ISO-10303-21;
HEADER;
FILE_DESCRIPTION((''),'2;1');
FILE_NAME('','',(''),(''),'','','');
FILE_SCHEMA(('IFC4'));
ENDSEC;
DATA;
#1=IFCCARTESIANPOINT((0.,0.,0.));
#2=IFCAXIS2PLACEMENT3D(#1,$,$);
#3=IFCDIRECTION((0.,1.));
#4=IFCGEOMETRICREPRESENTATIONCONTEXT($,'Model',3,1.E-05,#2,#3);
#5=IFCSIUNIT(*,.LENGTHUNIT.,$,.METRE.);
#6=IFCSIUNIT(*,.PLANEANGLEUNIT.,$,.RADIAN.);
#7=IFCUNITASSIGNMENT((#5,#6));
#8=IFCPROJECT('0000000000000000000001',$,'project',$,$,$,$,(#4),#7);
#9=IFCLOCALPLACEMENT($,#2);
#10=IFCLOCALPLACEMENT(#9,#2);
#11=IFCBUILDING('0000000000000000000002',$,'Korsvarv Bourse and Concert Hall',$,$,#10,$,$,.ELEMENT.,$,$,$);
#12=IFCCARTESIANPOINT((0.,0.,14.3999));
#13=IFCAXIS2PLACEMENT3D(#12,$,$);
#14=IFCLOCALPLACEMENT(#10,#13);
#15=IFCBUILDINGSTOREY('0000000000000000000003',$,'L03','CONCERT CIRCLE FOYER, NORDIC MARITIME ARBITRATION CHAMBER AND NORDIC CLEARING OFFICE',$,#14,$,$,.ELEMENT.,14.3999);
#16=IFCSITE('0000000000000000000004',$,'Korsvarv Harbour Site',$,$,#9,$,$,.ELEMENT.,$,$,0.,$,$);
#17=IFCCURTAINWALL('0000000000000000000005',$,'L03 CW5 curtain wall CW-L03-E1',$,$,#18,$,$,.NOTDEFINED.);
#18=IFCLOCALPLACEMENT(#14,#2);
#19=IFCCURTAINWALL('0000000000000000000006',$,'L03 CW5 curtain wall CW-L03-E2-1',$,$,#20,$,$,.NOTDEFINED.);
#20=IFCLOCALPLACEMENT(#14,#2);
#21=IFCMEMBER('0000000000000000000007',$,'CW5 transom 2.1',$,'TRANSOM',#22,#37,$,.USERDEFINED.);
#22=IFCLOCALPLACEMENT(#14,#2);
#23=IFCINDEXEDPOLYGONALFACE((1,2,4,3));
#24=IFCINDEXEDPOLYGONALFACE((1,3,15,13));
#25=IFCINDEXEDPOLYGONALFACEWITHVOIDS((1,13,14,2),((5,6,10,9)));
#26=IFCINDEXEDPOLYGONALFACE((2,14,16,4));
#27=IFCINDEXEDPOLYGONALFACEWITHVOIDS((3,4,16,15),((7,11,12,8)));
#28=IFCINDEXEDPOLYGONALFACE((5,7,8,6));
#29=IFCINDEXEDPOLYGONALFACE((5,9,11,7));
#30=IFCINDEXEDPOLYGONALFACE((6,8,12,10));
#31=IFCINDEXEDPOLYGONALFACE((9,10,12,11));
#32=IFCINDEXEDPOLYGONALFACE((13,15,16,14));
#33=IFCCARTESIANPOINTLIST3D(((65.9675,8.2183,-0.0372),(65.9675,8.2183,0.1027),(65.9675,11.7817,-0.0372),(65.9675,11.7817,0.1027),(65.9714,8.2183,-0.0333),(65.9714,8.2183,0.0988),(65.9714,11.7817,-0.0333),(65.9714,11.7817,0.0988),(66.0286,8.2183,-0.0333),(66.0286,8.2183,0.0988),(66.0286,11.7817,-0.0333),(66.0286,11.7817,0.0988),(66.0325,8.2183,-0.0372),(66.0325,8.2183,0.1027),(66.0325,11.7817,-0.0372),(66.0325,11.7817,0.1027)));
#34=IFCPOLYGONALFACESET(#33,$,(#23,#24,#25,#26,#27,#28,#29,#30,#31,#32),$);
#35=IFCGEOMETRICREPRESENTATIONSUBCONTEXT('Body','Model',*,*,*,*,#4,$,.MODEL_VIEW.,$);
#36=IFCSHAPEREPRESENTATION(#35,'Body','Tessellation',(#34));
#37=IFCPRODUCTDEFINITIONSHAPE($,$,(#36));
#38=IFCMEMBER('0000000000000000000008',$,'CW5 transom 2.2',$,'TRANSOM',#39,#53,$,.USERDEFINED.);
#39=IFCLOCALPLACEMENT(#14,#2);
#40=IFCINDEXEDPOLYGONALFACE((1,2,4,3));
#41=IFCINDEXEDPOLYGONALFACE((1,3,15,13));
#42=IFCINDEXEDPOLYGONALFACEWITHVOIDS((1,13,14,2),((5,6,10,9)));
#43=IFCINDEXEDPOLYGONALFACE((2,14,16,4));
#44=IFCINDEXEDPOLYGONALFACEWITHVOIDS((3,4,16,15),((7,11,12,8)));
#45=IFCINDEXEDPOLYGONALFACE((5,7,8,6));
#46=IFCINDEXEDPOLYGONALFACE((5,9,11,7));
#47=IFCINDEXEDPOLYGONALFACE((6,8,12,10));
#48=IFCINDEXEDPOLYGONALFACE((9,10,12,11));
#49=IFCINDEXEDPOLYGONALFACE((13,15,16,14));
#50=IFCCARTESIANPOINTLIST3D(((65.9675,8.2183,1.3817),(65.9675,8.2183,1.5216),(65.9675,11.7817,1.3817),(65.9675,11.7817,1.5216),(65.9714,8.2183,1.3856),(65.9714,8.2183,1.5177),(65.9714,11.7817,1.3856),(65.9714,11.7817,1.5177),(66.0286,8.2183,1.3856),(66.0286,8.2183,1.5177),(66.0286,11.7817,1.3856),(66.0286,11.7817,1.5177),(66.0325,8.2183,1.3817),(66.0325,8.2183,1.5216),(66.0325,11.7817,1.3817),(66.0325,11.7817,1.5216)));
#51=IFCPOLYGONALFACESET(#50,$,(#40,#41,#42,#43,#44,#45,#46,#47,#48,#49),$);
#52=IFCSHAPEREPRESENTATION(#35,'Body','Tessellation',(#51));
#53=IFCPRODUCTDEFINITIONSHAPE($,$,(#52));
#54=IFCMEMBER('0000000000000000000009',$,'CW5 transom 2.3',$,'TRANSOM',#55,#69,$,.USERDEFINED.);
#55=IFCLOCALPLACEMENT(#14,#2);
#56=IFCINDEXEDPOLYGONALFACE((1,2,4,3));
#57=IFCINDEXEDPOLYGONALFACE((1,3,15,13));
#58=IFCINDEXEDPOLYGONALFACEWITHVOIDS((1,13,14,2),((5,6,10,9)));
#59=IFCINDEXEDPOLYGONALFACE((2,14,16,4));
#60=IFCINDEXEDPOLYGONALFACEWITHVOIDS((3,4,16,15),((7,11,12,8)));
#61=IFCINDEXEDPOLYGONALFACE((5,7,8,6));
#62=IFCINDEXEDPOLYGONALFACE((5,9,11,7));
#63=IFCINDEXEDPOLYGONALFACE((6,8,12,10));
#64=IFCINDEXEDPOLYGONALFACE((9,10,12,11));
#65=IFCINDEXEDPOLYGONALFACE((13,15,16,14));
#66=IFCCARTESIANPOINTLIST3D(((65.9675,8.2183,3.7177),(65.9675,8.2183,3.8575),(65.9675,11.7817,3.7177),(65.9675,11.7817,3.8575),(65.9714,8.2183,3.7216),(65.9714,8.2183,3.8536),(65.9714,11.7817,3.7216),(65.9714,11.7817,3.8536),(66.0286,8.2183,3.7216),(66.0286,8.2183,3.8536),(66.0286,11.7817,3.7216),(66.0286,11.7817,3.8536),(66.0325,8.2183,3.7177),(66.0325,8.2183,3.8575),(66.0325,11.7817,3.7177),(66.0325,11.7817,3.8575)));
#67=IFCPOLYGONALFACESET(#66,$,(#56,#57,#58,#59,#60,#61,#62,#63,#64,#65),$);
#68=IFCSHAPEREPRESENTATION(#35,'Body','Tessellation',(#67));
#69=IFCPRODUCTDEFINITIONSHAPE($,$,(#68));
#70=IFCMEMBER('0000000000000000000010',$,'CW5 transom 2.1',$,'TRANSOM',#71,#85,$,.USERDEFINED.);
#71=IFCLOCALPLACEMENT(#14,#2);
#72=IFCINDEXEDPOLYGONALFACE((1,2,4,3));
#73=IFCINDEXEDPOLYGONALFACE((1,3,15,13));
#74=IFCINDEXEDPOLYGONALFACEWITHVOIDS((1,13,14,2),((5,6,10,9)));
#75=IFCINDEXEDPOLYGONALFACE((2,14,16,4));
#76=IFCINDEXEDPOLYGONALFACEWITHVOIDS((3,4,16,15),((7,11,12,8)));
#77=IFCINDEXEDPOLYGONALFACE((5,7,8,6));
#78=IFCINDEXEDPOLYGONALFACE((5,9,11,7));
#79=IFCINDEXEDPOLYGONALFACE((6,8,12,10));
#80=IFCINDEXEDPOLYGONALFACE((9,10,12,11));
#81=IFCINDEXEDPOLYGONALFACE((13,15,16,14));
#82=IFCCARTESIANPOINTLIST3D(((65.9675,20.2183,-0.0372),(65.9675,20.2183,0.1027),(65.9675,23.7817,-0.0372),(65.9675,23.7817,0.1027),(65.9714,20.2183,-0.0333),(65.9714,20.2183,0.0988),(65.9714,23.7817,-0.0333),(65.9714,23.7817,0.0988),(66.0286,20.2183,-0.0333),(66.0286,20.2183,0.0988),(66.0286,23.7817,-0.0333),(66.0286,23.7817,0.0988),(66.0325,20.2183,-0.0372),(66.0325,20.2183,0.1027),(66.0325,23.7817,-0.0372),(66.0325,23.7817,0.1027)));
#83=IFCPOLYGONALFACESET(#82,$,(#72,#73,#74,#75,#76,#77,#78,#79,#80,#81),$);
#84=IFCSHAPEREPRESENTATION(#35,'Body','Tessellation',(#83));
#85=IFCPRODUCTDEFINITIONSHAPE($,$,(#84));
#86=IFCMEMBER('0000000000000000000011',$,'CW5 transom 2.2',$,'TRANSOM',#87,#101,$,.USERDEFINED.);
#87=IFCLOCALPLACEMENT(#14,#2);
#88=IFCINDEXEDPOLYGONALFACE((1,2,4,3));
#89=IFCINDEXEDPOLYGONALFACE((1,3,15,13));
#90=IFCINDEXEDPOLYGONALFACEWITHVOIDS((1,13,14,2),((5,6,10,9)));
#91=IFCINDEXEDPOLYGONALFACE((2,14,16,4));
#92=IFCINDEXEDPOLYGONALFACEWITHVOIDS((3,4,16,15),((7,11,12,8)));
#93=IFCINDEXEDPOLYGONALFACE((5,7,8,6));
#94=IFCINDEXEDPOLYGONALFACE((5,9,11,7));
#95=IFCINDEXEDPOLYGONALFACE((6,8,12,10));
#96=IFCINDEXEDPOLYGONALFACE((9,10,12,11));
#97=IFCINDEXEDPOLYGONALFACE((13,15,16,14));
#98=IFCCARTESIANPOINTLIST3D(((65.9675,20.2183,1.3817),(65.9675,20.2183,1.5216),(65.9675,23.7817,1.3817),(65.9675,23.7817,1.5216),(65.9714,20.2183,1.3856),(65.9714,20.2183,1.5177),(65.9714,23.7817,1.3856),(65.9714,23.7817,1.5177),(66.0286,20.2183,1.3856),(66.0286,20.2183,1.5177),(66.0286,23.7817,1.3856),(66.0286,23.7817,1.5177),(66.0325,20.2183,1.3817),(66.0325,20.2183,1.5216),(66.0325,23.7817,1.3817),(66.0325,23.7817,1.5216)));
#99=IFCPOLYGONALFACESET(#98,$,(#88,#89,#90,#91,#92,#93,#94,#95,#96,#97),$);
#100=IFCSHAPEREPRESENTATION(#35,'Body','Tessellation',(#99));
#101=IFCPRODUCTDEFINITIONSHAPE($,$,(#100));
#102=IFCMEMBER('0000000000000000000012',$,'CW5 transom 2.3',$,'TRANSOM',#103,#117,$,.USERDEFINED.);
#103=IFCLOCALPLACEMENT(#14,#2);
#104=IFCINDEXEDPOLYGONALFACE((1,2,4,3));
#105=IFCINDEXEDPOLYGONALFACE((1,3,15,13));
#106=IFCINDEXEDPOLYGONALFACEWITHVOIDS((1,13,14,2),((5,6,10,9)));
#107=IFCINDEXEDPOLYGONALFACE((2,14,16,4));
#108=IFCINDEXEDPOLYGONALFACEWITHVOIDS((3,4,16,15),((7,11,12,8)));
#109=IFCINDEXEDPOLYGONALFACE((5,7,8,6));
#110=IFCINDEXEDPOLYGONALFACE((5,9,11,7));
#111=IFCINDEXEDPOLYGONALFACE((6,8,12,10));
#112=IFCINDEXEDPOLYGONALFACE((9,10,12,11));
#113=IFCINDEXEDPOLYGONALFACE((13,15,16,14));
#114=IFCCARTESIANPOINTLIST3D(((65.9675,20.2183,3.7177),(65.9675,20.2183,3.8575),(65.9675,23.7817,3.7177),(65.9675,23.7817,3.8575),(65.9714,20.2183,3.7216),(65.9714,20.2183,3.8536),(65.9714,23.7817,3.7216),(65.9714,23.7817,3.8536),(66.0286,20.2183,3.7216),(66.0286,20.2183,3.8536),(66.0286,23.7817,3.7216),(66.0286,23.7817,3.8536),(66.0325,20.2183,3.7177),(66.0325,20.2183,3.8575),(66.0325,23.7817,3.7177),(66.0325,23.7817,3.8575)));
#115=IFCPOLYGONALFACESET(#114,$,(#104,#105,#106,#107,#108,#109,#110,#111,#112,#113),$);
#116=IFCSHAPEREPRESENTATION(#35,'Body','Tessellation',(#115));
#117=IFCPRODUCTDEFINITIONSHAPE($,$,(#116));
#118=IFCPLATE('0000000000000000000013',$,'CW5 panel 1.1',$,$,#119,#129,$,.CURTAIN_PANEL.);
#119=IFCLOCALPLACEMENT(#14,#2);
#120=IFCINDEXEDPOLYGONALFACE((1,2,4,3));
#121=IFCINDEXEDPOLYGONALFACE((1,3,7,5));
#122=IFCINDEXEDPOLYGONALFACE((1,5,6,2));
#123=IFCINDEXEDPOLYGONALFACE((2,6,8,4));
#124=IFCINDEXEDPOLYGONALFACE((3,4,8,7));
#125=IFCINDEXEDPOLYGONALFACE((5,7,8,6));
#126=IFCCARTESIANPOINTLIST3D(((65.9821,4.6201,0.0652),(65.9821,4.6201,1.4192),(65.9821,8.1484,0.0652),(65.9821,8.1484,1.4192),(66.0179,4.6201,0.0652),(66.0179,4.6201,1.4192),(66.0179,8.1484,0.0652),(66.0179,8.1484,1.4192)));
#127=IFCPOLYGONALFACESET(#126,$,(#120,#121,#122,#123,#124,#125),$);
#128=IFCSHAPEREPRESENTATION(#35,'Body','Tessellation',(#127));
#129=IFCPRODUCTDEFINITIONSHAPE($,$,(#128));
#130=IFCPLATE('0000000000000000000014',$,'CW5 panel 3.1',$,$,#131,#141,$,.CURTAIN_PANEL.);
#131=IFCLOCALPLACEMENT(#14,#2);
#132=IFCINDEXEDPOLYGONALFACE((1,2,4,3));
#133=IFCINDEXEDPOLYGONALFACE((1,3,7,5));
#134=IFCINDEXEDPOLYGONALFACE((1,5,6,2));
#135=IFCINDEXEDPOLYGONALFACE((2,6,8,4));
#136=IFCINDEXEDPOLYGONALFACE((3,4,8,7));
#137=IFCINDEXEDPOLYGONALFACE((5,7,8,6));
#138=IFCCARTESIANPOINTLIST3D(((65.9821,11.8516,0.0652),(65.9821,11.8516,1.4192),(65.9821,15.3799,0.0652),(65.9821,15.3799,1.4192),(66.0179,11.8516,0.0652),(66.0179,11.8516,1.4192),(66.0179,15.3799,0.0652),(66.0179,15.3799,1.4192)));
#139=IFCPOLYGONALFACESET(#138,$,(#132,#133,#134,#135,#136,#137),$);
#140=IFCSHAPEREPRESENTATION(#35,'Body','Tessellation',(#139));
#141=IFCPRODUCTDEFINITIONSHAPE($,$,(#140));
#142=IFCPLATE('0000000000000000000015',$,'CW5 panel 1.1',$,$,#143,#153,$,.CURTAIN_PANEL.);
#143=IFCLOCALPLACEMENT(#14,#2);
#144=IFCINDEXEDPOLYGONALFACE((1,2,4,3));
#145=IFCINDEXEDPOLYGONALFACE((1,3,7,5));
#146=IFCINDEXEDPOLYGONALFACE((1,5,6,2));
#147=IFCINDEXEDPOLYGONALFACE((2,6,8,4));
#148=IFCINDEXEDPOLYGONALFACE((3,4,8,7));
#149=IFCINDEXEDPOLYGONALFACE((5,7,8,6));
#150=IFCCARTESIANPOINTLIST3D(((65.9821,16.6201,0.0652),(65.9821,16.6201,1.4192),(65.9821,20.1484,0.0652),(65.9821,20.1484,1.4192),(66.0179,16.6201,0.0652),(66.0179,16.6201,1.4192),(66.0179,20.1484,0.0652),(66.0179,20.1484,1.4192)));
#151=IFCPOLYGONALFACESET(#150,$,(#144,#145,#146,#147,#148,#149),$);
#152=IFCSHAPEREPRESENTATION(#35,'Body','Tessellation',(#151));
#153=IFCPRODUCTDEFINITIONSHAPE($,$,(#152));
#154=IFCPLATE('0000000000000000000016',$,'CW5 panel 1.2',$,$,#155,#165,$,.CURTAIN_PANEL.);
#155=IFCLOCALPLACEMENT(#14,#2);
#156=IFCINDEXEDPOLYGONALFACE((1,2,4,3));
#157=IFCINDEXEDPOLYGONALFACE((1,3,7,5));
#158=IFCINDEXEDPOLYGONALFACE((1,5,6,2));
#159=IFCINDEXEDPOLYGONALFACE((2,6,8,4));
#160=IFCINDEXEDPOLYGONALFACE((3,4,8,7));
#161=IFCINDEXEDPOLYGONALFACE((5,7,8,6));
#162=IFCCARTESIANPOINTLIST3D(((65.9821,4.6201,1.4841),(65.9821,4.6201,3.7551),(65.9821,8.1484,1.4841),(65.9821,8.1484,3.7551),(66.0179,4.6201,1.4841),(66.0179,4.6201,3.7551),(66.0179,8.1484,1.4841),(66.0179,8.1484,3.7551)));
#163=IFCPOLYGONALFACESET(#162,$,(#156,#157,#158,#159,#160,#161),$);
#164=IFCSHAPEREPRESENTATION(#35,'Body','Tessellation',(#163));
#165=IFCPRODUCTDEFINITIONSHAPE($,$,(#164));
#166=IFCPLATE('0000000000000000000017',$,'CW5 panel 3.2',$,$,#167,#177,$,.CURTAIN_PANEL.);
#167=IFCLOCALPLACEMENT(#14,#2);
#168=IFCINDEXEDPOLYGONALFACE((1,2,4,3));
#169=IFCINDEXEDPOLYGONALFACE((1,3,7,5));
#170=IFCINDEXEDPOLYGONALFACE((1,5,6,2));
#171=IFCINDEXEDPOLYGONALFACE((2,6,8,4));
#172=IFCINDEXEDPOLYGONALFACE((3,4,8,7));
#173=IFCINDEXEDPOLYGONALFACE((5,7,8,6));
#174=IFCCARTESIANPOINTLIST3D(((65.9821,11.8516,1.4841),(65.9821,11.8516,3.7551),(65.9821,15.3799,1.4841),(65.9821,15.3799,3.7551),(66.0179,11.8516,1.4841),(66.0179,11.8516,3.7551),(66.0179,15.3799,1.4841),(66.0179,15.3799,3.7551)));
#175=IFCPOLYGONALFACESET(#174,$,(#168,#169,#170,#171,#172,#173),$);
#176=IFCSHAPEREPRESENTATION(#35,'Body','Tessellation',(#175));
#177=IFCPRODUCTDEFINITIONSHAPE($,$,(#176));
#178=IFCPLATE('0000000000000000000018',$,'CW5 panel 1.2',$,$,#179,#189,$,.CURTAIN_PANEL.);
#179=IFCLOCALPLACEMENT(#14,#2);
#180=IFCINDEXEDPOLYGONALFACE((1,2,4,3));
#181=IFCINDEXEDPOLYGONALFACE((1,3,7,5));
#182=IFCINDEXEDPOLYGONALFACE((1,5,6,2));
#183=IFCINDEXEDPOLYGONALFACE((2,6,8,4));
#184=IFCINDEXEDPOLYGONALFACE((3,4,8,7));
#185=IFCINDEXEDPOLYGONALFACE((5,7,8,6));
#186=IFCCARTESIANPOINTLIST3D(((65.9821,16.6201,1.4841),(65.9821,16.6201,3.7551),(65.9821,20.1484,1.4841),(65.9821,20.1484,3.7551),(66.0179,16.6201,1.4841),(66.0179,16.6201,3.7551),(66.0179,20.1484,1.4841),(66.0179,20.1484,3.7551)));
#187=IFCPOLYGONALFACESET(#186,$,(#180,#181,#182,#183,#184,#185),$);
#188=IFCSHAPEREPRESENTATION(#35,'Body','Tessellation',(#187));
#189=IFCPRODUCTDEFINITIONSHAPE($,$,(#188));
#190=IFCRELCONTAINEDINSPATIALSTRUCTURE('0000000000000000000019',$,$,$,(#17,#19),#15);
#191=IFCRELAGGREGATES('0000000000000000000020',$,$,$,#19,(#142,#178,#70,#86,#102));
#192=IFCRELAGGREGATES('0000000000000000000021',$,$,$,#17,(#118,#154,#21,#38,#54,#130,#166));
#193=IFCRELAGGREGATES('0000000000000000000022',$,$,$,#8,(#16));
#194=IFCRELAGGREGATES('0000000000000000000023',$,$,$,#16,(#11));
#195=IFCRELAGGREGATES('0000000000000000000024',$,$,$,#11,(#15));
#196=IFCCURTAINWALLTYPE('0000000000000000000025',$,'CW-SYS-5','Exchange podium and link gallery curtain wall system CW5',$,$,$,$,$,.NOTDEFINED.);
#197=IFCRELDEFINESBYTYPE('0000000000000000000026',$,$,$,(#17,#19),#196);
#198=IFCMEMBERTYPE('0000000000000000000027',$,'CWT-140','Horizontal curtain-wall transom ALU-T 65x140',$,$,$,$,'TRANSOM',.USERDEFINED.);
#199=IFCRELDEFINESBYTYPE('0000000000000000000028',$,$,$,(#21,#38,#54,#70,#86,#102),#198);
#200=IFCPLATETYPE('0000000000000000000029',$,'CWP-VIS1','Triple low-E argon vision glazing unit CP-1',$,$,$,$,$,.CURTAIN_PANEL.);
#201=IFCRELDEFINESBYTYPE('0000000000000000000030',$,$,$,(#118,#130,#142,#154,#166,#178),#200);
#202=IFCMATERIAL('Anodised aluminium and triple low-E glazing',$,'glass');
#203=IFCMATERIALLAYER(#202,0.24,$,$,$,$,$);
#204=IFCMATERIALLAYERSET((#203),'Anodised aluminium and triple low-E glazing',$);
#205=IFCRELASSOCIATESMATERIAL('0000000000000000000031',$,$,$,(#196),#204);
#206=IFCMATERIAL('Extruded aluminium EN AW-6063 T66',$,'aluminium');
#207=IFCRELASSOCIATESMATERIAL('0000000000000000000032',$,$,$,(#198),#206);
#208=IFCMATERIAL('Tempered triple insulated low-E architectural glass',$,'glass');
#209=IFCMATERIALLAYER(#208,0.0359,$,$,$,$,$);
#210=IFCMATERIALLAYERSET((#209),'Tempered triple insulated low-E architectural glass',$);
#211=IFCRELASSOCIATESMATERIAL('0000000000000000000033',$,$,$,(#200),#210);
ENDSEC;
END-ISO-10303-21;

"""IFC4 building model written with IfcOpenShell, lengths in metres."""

from ifc_helpers import new_model, si_unit, direction, frame, origin, origin_2d, place, context, subcontext, project, spatial, rectangle, hollow_rectangle, extrude, source, transform, mapped, material, layer, layer_set, material_profile, profile_set, type_object, element, aggregate, save


model = new_model("IFC4")

# Units and contexts
model_context = context("Model", 3, precision=1e-05, world=origin(), true_north=direction((0.0, 1.0)))
body_context = subcontext(model_context, "Body", "Model", "MODEL_VIEW")
ifc_project = project(units=[si_unit("LENGTHUNIT", "METRE"), si_unit("PLANEANGLEUNIT", "RADIAN")], contexts=[model_context])

# Site, building, storey
site_placement = place(None, origin())
site = spatial("IfcSite", under=ifc_project, at=site_placement, Name="Korsvarv Harbour Site", CompositionType="ELEMENT", RefElevation=0.0)
building_placement = place(site_placement, origin())
building = spatial("IfcBuilding", under=site, at=building_placement, Name="Korsvarv Bourse and Concert Hall", CompositionType="ELEMENT")
storey_placement = place(building_placement, frame((0.0, 0.0, 14.3999)))
storey = spatial("IfcBuildingStorey", under=building, at=storey_placement, Name="L03", Description="CONCERT CIRCLE FOYER, NORDIC MARITIME ARBITRATION CHAMBER AND NORDIC CLEARING OFFICE", CompositionType="ELEMENT", Elevation=14.3999)

# Curtain walls
ifc_material_1 = material(Name="Anodised aluminium and triple low-E glazing", Category="glass")
ifc_layer_1 = layer(ifc_material_1, 0.24)
ifc_layer_set_1 = layer_set([ifc_layer_1], Name="Anodised aluminium and triple low-E glazing")
curtain_wall_type = type_object("IfcCurtainWallType", Name="CW-SYS-5", Description="Exchange podium and link gallery curtain wall system CW5", PredefinedType="NOTDEFINED", material=ifc_layer_set_1)
curtain_wall_1_placement = place(storey_placement, origin())
curtain_wall_1 = element("IfcCurtainWall", 1, at=curtain_wall_1_placement, inside=storey, type_object=curtain_wall_type, Name="L03 CW5 curtain wall CW-L03-E1", PredefinedType="NOTDEFINED")
ifc_material_2 = material(Name="Extruded aluminium EN AW-6063 T66", Category="aluminium")
curtain_wall_2_placement = place(storey_placement, origin())
curtain_wall_2 = element("IfcCurtainWall", 2, at=curtain_wall_2_placement, inside=storey, type_object=curtain_wall_type, Name="L03 CW5 curtain wall CW-L03-E2-1", PredefinedType="NOTDEFINED")

# Members
ifc_material_profile_1 = material_profile(ifc_material_2, hollow_rectangle(XDim=0.0649, YDim=0.1399, WallThickness=0.0039, at=origin_2d()), Name="ALU-T 65x140")
ifc_profile_set_1 = profile_set([ifc_material_profile_1], Name="Extruded aluminium EN AW-6063 T66")
member_type_1 = type_object("IfcMemberType", Name="CWT-140", Description="Horizontal curtain-wall transom ALU-T 65x140", ElementType="TRANSOM", PredefinedType="USERDEFINED", material=ifc_profile_set_1)
shared_shape_1 = source(origin(), body_context, "Body", "SweptSolid", [
    extrude(hollow_rectangle(XDim=0.0649, YDim=0.1399, WallThickness=0.0039, at=origin_2d()), origin(), (0.0, 0.0, 1.0), 3.5635),
])
member_1_placement = place(storey_placement, frame((66.0, 8.2183, 0.0327), z_axis=(0.0, 1.0, 0.0), x_axis=(-1.0, 0.0, 0.0)))
member_1 = element("IfcMember", 3, at=member_1_placement, type_object=member_type_1, Name="CW5 transom 2.1", ObjectType="TRANSOM", PredefinedType="USERDEFINED", context=body_context, shape_type="MappedRepresentation", body=[
    mapped(shared_shape_1, transform((0.0, 0.0, 0.0), scale=1.0)),
])
member_2_placement = place(storey_placement, frame((66.0, 8.2183, 1.4517), z_axis=(0.0, 1.0, 0.0), x_axis=(-1.0, 0.0, 0.0)))
member_2 = element("IfcMember", 4, at=member_2_placement, type_object=member_type_1, Name="CW5 transom 2.2", ObjectType="TRANSOM", PredefinedType="USERDEFINED", context=body_context, shape_type="MappedRepresentation", body=[
    mapped(shared_shape_1, transform((0.0, 0.0, 0.0), scale=1.0)),
])
member_3_placement = place(storey_placement, frame((66.0, 8.2183, 3.7876), z_axis=(0.0, 1.0, 0.0), x_axis=(-1.0, 0.0, 0.0)))
member_3 = element("IfcMember", 5, at=member_3_placement, type_object=member_type_1, Name="CW5 transom 2.3", ObjectType="TRANSOM", PredefinedType="USERDEFINED", context=body_context, shape_type="MappedRepresentation", body=[
    mapped(shared_shape_1, transform((0.0, 0.0, 0.0), scale=1.0)),
])
member_4_placement = place(storey_placement, frame((66.0, 20.2183, 0.0327), z_axis=(0.0, 1.0, 0.0), x_axis=(-1.0, 0.0, 0.0)))
member_4 = element("IfcMember", 6, at=member_4_placement, type_object=member_type_1, Name="CW5 transom 2.1", ObjectType="TRANSOM", PredefinedType="USERDEFINED", context=body_context, shape_type="MappedRepresentation", body=[
    mapped(shared_shape_1, transform((0.0, 0.0, 0.0), scale=1.0)),
])
member_5_placement = place(storey_placement, frame((66.0, 20.2183, 1.4517), z_axis=(0.0, 1.0, 0.0), x_axis=(-1.0, 0.0, 0.0)))
member_5 = element("IfcMember", 7, at=member_5_placement, type_object=member_type_1, Name="CW5 transom 2.2", ObjectType="TRANSOM", PredefinedType="USERDEFINED", context=body_context, shape_type="MappedRepresentation", body=[
    mapped(shared_shape_1, transform((0.0, 0.0, 0.0), scale=1.0)),
])
member_6_placement = place(storey_placement, frame((66.0, 20.2183, 3.7876), z_axis=(0.0, 1.0, 0.0), x_axis=(-1.0, 0.0, 0.0)))
member_6 = element("IfcMember", 8, at=member_6_placement, type_object=member_type_1, Name="CW5 transom 2.3", ObjectType="TRANSOM", PredefinedType="USERDEFINED", context=body_context, shape_type="MappedRepresentation", body=[
    mapped(shared_shape_1, transform((0.0, 0.0, 0.0), scale=1.0)),
])

# Plates
ifc_material_3 = material(Name="Tempered triple insulated low-E architectural glass", Category="glass")
ifc_layer_2 = layer(ifc_material_3, 0.0359)
ifc_layer_set_2 = layer_set([ifc_layer_2], Name="Tempered triple insulated low-E architectural glass")
plate_type = type_object("IfcPlateType", Name="CWP-VIS1", Description="Triple low-E argon vision glazing unit CP-1", PredefinedType="CURTAIN_PANEL", material=ifc_layer_set_2)
shared_shape_2 = source(origin(), body_context, "Body", "SweptSolid", [
    extrude(rectangle(XDim=3.5283, YDim=0.0359, at=origin_2d()), origin(), (0.0, 0.0, 1.0), 1.354),
])
plate_1_placement = place(storey_placement, frame((66.0, 6.3843, 0.0652), z_axis=(0.0, 0.0, 1.0), x_axis=(0.0, 1.0, 0.0)))
plate_1 = element("IfcPlate", 9, at=plate_1_placement, type_object=plate_type, Name="CW5 panel 1.1", PredefinedType="CURTAIN_PANEL", context=body_context, shape_type="MappedRepresentation", body=[
    mapped(shared_shape_2, transform((0.0, 0.0, 0.0), scale=1.0)),
])
plate_2_placement = place(storey_placement, frame((66.0, 13.6157, 0.0652), z_axis=(0.0, 0.0, 1.0), x_axis=(0.0, 1.0, 0.0)))
plate_2 = element("IfcPlate", 10, at=plate_2_placement, type_object=plate_type, Name="CW5 panel 3.1", PredefinedType="CURTAIN_PANEL", context=body_context, shape_type="MappedRepresentation", body=[
    mapped(shared_shape_2, transform((0.0, 0.0, 0.0), scale=1.0)),
])
plate_3_placement = place(storey_placement, frame((66.0, 18.3843, 0.0652), z_axis=(0.0, 0.0, 1.0), x_axis=(0.0, 1.0, 0.0)))
plate_3 = element("IfcPlate", 11, at=plate_3_placement, type_object=plate_type, Name="CW5 panel 1.1", PredefinedType="CURTAIN_PANEL", context=body_context, shape_type="MappedRepresentation", body=[
    mapped(shared_shape_2, transform((0.0, 0.0, 0.0), scale=1.0)),
])
shared_shape_3 = source(origin(), body_context, "Body", "SweptSolid", [
    extrude(rectangle(XDim=3.5283, YDim=0.0359, at=origin_2d()), origin(), (0.0, 0.0, 1.0), 2.271),
])
plate_4_placement = place(storey_placement, frame((66.0, 6.3843, 1.4841), z_axis=(0.0, 0.0, 1.0), x_axis=(0.0, 1.0, 0.0)))
plate_4 = element("IfcPlate", 12, at=plate_4_placement, type_object=plate_type, Name="CW5 panel 1.2", PredefinedType="CURTAIN_PANEL", context=body_context, shape_type="MappedRepresentation", body=[
    mapped(shared_shape_3, transform((0.0, 0.0, 0.0), scale=1.0)),
])
plate_5_placement = place(storey_placement, frame((66.0, 13.6157, 1.4841), z_axis=(0.0, 0.0, 1.0), x_axis=(0.0, 1.0, 0.0)))
plate_5 = element("IfcPlate", 13, at=plate_5_placement, type_object=plate_type, Name="CW5 panel 3.2", PredefinedType="CURTAIN_PANEL", context=body_context, shape_type="MappedRepresentation", body=[
    mapped(shared_shape_3, transform((0.0, 0.0, 0.0), scale=1.0)),
])
plate_6_placement = place(storey_placement, frame((66.0, 18.3843, 1.4841), z_axis=(0.0, 0.0, 1.0), x_axis=(0.0, 1.0, 0.0)))
plate_6 = element("IfcPlate", 14, at=plate_6_placement, type_object=plate_type, Name="CW5 panel 1.2", PredefinedType="CURTAIN_PANEL", context=body_context, shape_type="MappedRepresentation", body=[
    mapped(shared_shape_3, transform((0.0, 0.0, 0.0), scale=1.0)),
])
aggregate(curtain_wall_2, [plate_3, plate_6, member_4, member_5, member_6])
aggregate(curtain_wall_1, [plate_1, plate_4, member_1, member_2, member_3, plate_2, plate_5])

save(model, "model.ifc")
